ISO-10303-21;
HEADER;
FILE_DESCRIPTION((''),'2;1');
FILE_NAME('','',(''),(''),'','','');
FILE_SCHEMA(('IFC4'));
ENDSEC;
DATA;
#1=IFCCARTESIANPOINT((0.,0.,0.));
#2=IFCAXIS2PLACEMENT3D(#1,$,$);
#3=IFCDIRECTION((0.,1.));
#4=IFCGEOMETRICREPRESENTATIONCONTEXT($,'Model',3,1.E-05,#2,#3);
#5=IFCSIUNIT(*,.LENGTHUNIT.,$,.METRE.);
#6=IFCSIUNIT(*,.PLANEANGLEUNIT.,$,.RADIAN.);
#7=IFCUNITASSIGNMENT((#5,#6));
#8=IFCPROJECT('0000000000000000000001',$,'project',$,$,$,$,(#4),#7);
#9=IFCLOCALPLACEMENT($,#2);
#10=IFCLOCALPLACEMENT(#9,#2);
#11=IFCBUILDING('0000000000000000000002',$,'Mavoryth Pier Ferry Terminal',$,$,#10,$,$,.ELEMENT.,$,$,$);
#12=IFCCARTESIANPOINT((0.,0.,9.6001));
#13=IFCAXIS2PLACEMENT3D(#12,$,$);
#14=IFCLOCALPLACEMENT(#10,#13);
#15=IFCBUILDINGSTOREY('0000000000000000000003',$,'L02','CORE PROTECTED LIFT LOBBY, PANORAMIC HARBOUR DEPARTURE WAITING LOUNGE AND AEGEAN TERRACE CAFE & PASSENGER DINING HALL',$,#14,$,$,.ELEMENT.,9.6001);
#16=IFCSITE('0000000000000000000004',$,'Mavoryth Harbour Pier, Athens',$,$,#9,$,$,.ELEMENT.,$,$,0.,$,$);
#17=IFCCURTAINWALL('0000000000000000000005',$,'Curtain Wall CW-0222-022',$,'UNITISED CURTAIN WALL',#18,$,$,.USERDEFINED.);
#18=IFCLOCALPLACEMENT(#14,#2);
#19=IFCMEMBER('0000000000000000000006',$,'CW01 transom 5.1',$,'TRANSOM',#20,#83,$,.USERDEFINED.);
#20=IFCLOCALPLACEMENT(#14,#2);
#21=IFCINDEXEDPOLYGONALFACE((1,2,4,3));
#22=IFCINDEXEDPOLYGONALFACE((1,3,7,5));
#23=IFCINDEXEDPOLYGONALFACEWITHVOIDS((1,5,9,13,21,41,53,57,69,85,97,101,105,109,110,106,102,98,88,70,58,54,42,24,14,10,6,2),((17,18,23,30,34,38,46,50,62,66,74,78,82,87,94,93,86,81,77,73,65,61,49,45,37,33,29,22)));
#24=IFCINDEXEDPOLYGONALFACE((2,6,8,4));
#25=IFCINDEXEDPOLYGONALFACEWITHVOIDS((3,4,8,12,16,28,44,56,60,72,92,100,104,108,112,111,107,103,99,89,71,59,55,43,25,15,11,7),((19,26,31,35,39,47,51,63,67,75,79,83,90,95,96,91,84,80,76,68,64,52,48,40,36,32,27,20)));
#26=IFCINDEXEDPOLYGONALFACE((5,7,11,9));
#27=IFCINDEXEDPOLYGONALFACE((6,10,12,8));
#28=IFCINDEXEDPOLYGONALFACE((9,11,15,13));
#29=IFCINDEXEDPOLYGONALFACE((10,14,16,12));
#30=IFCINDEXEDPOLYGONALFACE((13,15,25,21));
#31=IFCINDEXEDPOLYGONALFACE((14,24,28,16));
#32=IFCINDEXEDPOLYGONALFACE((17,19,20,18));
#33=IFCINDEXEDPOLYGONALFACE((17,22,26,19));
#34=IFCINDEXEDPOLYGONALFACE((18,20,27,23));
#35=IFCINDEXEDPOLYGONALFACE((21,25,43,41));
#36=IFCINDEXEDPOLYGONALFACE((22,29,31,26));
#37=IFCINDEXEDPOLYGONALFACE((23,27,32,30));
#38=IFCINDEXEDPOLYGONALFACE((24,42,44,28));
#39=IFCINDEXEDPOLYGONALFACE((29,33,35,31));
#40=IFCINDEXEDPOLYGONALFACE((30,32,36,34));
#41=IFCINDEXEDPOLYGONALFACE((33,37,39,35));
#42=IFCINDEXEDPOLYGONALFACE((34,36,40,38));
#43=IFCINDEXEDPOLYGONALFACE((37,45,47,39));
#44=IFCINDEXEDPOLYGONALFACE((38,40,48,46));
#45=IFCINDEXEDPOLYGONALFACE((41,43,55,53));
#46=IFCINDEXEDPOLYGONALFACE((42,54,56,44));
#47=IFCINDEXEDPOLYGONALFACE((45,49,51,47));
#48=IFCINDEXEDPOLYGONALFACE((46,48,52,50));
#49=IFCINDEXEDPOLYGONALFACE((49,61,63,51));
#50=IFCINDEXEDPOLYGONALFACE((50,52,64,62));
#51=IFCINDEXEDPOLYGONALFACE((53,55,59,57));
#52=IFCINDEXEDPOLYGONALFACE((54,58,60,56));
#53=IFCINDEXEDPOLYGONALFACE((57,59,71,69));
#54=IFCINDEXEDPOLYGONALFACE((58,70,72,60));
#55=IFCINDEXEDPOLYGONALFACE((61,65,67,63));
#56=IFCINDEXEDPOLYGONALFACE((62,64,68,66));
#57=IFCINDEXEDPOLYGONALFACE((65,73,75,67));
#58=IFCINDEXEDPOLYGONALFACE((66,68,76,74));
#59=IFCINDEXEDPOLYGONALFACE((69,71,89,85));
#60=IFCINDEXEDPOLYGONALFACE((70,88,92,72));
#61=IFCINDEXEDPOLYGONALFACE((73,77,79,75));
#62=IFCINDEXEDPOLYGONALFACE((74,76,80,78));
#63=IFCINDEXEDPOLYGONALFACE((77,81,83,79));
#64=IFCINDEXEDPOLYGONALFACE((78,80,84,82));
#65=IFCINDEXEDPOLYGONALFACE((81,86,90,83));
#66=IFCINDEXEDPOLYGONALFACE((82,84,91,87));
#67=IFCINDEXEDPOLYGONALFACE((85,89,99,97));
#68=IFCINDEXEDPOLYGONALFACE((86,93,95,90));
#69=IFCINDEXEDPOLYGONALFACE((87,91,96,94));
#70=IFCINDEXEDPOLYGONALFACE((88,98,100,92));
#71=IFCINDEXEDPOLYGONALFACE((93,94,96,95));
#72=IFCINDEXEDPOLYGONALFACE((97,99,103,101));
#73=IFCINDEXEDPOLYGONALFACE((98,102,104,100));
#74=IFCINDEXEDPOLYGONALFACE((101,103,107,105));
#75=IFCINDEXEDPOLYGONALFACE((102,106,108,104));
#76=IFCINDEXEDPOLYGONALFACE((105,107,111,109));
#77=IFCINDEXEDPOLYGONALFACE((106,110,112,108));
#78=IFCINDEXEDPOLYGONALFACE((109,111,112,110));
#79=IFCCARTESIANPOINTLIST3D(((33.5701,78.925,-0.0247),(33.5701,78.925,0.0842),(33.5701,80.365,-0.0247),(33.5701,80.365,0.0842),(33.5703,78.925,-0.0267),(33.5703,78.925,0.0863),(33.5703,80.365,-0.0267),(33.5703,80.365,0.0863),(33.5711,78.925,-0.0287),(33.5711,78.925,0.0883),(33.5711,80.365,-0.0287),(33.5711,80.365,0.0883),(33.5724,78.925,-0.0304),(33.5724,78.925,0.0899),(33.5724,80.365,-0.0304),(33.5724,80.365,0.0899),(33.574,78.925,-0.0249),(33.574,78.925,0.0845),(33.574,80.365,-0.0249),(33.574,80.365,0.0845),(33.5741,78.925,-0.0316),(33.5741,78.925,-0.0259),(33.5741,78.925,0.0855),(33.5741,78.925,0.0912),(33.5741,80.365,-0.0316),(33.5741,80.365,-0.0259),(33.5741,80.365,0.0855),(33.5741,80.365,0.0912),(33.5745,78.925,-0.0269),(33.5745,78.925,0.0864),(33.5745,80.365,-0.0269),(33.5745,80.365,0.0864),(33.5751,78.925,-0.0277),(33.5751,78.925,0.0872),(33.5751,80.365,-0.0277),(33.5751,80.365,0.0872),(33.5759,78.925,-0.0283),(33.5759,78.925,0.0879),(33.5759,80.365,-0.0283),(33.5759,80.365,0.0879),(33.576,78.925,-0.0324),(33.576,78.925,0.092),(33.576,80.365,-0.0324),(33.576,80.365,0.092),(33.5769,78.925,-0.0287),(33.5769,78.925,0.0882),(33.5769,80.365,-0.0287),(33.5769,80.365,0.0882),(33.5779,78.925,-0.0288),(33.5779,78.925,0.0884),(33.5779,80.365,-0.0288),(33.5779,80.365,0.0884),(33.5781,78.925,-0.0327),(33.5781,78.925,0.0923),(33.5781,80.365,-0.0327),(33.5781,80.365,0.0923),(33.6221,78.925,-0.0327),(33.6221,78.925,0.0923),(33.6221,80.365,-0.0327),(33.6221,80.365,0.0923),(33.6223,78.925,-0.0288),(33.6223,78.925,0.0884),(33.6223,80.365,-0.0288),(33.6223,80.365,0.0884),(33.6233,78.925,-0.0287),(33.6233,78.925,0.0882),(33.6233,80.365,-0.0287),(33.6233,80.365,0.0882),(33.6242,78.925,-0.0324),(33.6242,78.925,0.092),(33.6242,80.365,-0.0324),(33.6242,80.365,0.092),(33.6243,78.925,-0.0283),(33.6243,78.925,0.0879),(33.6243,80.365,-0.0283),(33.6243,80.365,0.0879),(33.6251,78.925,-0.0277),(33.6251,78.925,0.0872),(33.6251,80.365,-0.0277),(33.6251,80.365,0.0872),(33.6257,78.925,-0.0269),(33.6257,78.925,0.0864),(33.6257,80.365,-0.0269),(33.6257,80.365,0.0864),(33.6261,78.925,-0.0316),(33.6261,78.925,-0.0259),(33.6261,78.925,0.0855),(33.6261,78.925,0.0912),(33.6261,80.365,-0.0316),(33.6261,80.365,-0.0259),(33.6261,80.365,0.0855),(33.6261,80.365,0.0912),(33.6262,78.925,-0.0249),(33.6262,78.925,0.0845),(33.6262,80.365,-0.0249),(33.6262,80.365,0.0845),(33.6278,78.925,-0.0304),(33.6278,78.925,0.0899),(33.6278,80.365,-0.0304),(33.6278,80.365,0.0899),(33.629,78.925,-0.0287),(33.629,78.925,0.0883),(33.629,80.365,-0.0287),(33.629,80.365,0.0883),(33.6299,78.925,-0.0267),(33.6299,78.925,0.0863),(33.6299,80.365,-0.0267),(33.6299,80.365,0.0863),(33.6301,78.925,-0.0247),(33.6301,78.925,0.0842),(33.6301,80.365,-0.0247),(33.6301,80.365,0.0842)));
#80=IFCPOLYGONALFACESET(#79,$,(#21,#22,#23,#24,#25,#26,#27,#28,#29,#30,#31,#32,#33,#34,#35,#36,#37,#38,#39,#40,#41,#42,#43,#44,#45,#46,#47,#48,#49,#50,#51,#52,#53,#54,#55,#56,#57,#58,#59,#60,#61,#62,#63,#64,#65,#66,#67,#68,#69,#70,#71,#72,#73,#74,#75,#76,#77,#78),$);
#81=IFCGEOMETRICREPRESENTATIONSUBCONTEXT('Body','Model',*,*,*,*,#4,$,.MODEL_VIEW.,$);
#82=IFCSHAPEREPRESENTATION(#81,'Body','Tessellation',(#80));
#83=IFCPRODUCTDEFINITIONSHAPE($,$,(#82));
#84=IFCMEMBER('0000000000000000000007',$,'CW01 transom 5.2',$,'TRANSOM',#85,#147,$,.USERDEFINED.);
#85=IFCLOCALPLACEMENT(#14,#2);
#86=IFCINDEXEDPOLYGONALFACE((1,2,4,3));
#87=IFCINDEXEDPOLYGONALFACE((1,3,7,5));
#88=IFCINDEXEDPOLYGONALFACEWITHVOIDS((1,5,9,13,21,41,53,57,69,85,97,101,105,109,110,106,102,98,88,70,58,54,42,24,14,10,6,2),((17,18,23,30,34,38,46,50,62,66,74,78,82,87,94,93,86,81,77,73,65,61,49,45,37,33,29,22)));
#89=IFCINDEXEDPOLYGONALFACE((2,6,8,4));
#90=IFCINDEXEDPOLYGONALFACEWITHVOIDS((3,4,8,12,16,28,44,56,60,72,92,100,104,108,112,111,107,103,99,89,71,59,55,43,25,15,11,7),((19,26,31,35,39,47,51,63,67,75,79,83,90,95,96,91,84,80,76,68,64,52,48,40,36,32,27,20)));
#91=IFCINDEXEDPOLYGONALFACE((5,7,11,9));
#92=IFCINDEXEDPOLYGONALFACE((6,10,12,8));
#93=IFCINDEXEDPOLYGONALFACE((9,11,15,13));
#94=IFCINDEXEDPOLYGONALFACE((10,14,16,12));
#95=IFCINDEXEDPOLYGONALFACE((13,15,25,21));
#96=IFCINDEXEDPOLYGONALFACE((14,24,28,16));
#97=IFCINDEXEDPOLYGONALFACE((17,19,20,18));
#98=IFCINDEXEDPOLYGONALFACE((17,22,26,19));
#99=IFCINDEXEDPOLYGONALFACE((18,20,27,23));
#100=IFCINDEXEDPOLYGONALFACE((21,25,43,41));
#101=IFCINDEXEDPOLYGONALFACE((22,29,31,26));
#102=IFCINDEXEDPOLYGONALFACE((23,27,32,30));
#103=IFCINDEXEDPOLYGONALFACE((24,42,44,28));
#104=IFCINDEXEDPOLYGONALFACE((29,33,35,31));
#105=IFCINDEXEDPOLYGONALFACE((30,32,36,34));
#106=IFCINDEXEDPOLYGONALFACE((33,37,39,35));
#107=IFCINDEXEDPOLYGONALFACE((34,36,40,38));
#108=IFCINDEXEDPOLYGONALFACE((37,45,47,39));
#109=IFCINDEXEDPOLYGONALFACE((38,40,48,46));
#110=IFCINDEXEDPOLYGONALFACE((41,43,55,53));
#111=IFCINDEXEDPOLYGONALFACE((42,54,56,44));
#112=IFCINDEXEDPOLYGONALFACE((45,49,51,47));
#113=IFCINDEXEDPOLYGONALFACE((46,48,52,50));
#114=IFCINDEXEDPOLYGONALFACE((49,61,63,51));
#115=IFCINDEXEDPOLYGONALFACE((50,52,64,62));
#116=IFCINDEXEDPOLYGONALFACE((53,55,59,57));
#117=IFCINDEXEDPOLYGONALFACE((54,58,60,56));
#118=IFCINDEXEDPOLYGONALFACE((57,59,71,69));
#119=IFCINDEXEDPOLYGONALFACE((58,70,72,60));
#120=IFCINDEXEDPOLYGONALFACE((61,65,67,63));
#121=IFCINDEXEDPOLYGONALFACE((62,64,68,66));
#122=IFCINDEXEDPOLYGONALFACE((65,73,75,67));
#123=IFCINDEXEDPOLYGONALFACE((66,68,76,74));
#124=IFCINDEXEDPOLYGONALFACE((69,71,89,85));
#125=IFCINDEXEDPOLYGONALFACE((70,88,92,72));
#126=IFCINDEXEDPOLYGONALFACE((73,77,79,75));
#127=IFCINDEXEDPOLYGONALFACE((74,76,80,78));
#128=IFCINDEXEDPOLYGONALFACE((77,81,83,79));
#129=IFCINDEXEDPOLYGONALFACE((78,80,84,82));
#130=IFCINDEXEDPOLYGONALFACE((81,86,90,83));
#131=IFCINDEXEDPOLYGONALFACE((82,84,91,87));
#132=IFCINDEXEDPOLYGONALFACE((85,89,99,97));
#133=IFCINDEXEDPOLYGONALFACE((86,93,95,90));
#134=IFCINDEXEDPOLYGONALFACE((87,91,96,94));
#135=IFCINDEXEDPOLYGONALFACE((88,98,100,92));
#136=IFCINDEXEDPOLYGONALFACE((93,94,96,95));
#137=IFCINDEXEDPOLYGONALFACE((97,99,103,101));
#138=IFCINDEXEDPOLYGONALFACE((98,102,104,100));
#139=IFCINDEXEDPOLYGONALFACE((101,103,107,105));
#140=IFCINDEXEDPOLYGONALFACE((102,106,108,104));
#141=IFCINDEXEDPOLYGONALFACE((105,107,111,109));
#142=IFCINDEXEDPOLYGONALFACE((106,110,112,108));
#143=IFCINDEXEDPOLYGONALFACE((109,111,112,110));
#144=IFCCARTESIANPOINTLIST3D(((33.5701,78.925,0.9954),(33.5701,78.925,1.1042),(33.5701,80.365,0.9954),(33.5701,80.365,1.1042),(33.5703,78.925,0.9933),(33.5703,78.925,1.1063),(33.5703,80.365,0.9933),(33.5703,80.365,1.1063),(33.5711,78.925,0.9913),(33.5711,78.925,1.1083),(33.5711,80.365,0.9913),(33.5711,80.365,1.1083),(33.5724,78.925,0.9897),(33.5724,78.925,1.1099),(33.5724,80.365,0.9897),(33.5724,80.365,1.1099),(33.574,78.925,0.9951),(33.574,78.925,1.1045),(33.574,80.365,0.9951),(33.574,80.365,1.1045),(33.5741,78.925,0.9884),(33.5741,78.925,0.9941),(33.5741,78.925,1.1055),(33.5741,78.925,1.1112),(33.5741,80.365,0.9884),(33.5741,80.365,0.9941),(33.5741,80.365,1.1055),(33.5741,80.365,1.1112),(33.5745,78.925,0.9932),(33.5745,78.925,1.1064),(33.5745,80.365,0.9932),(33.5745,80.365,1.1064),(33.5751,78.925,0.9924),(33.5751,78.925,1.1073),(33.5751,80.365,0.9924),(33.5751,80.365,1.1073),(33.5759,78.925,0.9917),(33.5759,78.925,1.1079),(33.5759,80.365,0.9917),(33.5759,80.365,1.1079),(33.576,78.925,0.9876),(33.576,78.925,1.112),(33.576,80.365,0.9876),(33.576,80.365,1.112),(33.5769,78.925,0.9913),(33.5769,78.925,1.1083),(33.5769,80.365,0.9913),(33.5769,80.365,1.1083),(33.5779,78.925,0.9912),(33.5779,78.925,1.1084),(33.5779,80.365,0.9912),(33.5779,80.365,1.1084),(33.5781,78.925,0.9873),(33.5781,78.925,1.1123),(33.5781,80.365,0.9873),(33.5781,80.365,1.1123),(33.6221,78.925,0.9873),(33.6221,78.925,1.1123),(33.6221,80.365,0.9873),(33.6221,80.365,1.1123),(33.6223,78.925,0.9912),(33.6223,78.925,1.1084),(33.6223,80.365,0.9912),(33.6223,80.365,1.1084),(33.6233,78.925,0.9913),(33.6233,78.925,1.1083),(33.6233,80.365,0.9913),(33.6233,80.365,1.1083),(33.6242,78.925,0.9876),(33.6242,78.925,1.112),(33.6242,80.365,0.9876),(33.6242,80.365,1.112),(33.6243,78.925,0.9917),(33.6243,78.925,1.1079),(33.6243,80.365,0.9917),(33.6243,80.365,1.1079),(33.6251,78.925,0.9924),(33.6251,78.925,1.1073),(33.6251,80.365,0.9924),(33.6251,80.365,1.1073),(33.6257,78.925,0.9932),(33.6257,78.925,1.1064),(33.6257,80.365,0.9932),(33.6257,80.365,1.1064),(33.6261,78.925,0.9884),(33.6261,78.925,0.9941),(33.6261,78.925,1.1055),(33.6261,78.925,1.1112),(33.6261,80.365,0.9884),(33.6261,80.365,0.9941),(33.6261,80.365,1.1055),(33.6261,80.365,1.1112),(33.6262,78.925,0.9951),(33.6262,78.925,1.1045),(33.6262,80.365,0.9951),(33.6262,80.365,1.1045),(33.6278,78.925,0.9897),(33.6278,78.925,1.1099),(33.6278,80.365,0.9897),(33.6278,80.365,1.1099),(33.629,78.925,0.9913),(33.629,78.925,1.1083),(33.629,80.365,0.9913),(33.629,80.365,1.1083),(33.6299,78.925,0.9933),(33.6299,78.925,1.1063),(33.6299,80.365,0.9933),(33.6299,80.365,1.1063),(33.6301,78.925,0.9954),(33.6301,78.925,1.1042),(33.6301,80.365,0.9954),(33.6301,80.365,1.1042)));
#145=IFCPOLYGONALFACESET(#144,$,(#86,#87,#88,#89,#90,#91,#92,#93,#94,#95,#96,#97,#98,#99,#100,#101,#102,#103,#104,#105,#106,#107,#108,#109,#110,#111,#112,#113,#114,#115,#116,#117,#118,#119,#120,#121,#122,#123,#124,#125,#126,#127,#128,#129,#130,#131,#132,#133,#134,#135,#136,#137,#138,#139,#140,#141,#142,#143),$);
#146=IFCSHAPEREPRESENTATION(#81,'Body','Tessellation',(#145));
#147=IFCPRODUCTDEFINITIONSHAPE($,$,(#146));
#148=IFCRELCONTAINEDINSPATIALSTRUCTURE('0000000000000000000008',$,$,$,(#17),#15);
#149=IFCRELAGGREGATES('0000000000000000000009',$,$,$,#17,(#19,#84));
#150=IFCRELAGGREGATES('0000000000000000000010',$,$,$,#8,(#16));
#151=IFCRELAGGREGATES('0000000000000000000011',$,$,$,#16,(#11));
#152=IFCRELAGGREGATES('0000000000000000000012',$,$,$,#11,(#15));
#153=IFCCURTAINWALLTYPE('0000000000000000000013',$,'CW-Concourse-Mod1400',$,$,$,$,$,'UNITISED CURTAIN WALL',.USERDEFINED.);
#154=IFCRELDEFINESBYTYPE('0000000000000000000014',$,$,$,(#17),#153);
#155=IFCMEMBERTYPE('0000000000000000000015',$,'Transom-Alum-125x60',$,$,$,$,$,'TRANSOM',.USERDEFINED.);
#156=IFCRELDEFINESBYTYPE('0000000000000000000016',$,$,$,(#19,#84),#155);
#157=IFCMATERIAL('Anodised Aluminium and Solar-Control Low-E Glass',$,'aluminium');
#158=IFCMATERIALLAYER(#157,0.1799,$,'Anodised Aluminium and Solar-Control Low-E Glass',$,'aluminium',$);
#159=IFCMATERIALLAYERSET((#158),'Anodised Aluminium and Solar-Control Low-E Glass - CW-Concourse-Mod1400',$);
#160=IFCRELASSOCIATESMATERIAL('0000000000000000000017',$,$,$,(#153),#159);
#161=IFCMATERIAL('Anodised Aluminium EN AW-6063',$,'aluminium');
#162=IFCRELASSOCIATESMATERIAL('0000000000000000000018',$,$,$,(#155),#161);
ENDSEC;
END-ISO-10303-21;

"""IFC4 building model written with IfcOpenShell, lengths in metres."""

from ifc_helpers import new_model, si_unit, direction, frame, origin, origin_2d, place, context, subcontext, project, spatial, hollow_rectangle, extrude, material, layer, layer_set, material_profile, profile_set, type_object, element, aggregate, save


model = new_model("IFC4")

# Units and contexts
model_context = context("Model", 3, precision=1e-05, world=origin(), true_north=direction((0.0, 1.0)))
body_context = subcontext(model_context, "Body", "Model", "MODEL_VIEW")
ifc_project = project(units=[si_unit("LENGTHUNIT", "METRE"), si_unit("PLANEANGLEUNIT", "RADIAN")], contexts=[model_context])

# Site, building, storey
site_placement = place(None, origin())
site = spatial("IfcSite", under=ifc_project, at=site_placement, Name="Mavoryth Harbour Pier, Athens", CompositionType="ELEMENT", RefElevation=0.0)
building_placement = place(site_placement, origin())
building = spatial("IfcBuilding", under=site, at=building_placement, Name="Mavoryth Pier Ferry Terminal", CompositionType="ELEMENT")
storey_placement = place(building_placement, frame((0.0, 0.0, 9.6001)))
storey = spatial("IfcBuildingStorey", under=building, at=storey_placement, Name="L02", Description="CORE PROTECTED LIFT LOBBY, PANORAMIC HARBOUR DEPARTURE WAITING LOUNGE AND AEGEAN TERRACE CAFE & PASSENGER DINING HALL", CompositionType="ELEMENT", Elevation=9.6001)

# Curtain wall, members
ifc_material_1 = material(Name="Anodised Aluminium and Solar-Control Low-E Glass", Category="aluminium")
ifc_layer_1 = layer(ifc_material_1, 0.1799, Name="Anodised Aluminium and Solar-Control Low-E Glass", Category="aluminium")
ifc_layer_set_1 = layer_set([ifc_layer_1], Name="Anodised Aluminium and Solar-Control Low-E Glass - CW-Concourse-Mod1400")
curtain_wall_type = type_object("IfcCurtainWallType", Name="CW-Concourse-Mod1400", ElementType="UNITISED CURTAIN WALL", PredefinedType="USERDEFINED", material=ifc_layer_set_1)
curtain_wall_placement = place(storey_placement, origin())
curtain_wall = element("IfcCurtainWall", 1, at=curtain_wall_placement, inside=storey, type_object=curtain_wall_type, Name="Curtain Wall CW-0222-022", ObjectType="UNITISED CURTAIN WALL", PredefinedType="USERDEFINED")
ifc_material_2 = material(Name="Anodised Aluminium EN AW-6063", Category="aluminium")
ifc_material_profile_1 = material_profile(ifc_material_2, hollow_rectangle(XDim=0.0601, YDim=0.125, WallThickness=0.0039, InnerFilletRadius=0.0039, OuterFilletRadius=0.0081, at=origin_2d()), Name="AL-TRAN 125x60x4", Category="aluminium")
ifc_profile_set_1 = profile_set([ifc_material_profile_1], Name="Anodised Aluminium EN AW-6063 - AL-TRAN 125x60x4")
member_type_1 = type_object("IfcMemberType", Name="Transom-Alum-125x60", ElementType="TRANSOM", PredefinedType="USERDEFINED", material=ifc_profile_set_1)
member_1_placement = place(storey_placement, frame((33.6001, 78.925, 0.0298), z_axis=(0.0, 1.0, 0.0), x_axis=(-1.0, 0.0, 0.0)))
member_1 = element("IfcMember", 2, at=member_1_placement, type_object=member_type_1, Name="CW01 transom 5.1", ObjectType="TRANSOM", PredefinedType="USERDEFINED", context=body_context, shape_type="SweptSolid", body=[
    extrude(hollow_rectangle(XDim=0.0601, YDim=0.125, WallThickness=0.0039, InnerFilletRadius=0.0039, OuterFilletRadius=0.0081, at=origin_2d()), origin(), (0.0, 0.0, 1.0), 1.4399),
])
member_2_placement = place(storey_placement, frame((33.6001, 78.925, 1.0498), z_axis=(0.0, 1.0, 0.0), x_axis=(-1.0, 0.0, 0.0)))
member_2 = element("IfcMember", 3, at=member_2_placement, type_object=member_type_1, Name="CW01 transom 5.2", ObjectType="TRANSOM", PredefinedType="USERDEFINED", context=body_context, shape_type="SweptSolid", body=[
    extrude(hollow_rectangle(XDim=0.0601, YDim=0.125, WallThickness=0.0039, InnerFilletRadius=0.0039, OuterFilletRadius=0.0081, at=origin_2d()), origin(), (0.0, 0.0, 1.0), 1.4399),
])
aggregate(curtain_wall, [member_1, member_2])

save(model, "model.ifc")
